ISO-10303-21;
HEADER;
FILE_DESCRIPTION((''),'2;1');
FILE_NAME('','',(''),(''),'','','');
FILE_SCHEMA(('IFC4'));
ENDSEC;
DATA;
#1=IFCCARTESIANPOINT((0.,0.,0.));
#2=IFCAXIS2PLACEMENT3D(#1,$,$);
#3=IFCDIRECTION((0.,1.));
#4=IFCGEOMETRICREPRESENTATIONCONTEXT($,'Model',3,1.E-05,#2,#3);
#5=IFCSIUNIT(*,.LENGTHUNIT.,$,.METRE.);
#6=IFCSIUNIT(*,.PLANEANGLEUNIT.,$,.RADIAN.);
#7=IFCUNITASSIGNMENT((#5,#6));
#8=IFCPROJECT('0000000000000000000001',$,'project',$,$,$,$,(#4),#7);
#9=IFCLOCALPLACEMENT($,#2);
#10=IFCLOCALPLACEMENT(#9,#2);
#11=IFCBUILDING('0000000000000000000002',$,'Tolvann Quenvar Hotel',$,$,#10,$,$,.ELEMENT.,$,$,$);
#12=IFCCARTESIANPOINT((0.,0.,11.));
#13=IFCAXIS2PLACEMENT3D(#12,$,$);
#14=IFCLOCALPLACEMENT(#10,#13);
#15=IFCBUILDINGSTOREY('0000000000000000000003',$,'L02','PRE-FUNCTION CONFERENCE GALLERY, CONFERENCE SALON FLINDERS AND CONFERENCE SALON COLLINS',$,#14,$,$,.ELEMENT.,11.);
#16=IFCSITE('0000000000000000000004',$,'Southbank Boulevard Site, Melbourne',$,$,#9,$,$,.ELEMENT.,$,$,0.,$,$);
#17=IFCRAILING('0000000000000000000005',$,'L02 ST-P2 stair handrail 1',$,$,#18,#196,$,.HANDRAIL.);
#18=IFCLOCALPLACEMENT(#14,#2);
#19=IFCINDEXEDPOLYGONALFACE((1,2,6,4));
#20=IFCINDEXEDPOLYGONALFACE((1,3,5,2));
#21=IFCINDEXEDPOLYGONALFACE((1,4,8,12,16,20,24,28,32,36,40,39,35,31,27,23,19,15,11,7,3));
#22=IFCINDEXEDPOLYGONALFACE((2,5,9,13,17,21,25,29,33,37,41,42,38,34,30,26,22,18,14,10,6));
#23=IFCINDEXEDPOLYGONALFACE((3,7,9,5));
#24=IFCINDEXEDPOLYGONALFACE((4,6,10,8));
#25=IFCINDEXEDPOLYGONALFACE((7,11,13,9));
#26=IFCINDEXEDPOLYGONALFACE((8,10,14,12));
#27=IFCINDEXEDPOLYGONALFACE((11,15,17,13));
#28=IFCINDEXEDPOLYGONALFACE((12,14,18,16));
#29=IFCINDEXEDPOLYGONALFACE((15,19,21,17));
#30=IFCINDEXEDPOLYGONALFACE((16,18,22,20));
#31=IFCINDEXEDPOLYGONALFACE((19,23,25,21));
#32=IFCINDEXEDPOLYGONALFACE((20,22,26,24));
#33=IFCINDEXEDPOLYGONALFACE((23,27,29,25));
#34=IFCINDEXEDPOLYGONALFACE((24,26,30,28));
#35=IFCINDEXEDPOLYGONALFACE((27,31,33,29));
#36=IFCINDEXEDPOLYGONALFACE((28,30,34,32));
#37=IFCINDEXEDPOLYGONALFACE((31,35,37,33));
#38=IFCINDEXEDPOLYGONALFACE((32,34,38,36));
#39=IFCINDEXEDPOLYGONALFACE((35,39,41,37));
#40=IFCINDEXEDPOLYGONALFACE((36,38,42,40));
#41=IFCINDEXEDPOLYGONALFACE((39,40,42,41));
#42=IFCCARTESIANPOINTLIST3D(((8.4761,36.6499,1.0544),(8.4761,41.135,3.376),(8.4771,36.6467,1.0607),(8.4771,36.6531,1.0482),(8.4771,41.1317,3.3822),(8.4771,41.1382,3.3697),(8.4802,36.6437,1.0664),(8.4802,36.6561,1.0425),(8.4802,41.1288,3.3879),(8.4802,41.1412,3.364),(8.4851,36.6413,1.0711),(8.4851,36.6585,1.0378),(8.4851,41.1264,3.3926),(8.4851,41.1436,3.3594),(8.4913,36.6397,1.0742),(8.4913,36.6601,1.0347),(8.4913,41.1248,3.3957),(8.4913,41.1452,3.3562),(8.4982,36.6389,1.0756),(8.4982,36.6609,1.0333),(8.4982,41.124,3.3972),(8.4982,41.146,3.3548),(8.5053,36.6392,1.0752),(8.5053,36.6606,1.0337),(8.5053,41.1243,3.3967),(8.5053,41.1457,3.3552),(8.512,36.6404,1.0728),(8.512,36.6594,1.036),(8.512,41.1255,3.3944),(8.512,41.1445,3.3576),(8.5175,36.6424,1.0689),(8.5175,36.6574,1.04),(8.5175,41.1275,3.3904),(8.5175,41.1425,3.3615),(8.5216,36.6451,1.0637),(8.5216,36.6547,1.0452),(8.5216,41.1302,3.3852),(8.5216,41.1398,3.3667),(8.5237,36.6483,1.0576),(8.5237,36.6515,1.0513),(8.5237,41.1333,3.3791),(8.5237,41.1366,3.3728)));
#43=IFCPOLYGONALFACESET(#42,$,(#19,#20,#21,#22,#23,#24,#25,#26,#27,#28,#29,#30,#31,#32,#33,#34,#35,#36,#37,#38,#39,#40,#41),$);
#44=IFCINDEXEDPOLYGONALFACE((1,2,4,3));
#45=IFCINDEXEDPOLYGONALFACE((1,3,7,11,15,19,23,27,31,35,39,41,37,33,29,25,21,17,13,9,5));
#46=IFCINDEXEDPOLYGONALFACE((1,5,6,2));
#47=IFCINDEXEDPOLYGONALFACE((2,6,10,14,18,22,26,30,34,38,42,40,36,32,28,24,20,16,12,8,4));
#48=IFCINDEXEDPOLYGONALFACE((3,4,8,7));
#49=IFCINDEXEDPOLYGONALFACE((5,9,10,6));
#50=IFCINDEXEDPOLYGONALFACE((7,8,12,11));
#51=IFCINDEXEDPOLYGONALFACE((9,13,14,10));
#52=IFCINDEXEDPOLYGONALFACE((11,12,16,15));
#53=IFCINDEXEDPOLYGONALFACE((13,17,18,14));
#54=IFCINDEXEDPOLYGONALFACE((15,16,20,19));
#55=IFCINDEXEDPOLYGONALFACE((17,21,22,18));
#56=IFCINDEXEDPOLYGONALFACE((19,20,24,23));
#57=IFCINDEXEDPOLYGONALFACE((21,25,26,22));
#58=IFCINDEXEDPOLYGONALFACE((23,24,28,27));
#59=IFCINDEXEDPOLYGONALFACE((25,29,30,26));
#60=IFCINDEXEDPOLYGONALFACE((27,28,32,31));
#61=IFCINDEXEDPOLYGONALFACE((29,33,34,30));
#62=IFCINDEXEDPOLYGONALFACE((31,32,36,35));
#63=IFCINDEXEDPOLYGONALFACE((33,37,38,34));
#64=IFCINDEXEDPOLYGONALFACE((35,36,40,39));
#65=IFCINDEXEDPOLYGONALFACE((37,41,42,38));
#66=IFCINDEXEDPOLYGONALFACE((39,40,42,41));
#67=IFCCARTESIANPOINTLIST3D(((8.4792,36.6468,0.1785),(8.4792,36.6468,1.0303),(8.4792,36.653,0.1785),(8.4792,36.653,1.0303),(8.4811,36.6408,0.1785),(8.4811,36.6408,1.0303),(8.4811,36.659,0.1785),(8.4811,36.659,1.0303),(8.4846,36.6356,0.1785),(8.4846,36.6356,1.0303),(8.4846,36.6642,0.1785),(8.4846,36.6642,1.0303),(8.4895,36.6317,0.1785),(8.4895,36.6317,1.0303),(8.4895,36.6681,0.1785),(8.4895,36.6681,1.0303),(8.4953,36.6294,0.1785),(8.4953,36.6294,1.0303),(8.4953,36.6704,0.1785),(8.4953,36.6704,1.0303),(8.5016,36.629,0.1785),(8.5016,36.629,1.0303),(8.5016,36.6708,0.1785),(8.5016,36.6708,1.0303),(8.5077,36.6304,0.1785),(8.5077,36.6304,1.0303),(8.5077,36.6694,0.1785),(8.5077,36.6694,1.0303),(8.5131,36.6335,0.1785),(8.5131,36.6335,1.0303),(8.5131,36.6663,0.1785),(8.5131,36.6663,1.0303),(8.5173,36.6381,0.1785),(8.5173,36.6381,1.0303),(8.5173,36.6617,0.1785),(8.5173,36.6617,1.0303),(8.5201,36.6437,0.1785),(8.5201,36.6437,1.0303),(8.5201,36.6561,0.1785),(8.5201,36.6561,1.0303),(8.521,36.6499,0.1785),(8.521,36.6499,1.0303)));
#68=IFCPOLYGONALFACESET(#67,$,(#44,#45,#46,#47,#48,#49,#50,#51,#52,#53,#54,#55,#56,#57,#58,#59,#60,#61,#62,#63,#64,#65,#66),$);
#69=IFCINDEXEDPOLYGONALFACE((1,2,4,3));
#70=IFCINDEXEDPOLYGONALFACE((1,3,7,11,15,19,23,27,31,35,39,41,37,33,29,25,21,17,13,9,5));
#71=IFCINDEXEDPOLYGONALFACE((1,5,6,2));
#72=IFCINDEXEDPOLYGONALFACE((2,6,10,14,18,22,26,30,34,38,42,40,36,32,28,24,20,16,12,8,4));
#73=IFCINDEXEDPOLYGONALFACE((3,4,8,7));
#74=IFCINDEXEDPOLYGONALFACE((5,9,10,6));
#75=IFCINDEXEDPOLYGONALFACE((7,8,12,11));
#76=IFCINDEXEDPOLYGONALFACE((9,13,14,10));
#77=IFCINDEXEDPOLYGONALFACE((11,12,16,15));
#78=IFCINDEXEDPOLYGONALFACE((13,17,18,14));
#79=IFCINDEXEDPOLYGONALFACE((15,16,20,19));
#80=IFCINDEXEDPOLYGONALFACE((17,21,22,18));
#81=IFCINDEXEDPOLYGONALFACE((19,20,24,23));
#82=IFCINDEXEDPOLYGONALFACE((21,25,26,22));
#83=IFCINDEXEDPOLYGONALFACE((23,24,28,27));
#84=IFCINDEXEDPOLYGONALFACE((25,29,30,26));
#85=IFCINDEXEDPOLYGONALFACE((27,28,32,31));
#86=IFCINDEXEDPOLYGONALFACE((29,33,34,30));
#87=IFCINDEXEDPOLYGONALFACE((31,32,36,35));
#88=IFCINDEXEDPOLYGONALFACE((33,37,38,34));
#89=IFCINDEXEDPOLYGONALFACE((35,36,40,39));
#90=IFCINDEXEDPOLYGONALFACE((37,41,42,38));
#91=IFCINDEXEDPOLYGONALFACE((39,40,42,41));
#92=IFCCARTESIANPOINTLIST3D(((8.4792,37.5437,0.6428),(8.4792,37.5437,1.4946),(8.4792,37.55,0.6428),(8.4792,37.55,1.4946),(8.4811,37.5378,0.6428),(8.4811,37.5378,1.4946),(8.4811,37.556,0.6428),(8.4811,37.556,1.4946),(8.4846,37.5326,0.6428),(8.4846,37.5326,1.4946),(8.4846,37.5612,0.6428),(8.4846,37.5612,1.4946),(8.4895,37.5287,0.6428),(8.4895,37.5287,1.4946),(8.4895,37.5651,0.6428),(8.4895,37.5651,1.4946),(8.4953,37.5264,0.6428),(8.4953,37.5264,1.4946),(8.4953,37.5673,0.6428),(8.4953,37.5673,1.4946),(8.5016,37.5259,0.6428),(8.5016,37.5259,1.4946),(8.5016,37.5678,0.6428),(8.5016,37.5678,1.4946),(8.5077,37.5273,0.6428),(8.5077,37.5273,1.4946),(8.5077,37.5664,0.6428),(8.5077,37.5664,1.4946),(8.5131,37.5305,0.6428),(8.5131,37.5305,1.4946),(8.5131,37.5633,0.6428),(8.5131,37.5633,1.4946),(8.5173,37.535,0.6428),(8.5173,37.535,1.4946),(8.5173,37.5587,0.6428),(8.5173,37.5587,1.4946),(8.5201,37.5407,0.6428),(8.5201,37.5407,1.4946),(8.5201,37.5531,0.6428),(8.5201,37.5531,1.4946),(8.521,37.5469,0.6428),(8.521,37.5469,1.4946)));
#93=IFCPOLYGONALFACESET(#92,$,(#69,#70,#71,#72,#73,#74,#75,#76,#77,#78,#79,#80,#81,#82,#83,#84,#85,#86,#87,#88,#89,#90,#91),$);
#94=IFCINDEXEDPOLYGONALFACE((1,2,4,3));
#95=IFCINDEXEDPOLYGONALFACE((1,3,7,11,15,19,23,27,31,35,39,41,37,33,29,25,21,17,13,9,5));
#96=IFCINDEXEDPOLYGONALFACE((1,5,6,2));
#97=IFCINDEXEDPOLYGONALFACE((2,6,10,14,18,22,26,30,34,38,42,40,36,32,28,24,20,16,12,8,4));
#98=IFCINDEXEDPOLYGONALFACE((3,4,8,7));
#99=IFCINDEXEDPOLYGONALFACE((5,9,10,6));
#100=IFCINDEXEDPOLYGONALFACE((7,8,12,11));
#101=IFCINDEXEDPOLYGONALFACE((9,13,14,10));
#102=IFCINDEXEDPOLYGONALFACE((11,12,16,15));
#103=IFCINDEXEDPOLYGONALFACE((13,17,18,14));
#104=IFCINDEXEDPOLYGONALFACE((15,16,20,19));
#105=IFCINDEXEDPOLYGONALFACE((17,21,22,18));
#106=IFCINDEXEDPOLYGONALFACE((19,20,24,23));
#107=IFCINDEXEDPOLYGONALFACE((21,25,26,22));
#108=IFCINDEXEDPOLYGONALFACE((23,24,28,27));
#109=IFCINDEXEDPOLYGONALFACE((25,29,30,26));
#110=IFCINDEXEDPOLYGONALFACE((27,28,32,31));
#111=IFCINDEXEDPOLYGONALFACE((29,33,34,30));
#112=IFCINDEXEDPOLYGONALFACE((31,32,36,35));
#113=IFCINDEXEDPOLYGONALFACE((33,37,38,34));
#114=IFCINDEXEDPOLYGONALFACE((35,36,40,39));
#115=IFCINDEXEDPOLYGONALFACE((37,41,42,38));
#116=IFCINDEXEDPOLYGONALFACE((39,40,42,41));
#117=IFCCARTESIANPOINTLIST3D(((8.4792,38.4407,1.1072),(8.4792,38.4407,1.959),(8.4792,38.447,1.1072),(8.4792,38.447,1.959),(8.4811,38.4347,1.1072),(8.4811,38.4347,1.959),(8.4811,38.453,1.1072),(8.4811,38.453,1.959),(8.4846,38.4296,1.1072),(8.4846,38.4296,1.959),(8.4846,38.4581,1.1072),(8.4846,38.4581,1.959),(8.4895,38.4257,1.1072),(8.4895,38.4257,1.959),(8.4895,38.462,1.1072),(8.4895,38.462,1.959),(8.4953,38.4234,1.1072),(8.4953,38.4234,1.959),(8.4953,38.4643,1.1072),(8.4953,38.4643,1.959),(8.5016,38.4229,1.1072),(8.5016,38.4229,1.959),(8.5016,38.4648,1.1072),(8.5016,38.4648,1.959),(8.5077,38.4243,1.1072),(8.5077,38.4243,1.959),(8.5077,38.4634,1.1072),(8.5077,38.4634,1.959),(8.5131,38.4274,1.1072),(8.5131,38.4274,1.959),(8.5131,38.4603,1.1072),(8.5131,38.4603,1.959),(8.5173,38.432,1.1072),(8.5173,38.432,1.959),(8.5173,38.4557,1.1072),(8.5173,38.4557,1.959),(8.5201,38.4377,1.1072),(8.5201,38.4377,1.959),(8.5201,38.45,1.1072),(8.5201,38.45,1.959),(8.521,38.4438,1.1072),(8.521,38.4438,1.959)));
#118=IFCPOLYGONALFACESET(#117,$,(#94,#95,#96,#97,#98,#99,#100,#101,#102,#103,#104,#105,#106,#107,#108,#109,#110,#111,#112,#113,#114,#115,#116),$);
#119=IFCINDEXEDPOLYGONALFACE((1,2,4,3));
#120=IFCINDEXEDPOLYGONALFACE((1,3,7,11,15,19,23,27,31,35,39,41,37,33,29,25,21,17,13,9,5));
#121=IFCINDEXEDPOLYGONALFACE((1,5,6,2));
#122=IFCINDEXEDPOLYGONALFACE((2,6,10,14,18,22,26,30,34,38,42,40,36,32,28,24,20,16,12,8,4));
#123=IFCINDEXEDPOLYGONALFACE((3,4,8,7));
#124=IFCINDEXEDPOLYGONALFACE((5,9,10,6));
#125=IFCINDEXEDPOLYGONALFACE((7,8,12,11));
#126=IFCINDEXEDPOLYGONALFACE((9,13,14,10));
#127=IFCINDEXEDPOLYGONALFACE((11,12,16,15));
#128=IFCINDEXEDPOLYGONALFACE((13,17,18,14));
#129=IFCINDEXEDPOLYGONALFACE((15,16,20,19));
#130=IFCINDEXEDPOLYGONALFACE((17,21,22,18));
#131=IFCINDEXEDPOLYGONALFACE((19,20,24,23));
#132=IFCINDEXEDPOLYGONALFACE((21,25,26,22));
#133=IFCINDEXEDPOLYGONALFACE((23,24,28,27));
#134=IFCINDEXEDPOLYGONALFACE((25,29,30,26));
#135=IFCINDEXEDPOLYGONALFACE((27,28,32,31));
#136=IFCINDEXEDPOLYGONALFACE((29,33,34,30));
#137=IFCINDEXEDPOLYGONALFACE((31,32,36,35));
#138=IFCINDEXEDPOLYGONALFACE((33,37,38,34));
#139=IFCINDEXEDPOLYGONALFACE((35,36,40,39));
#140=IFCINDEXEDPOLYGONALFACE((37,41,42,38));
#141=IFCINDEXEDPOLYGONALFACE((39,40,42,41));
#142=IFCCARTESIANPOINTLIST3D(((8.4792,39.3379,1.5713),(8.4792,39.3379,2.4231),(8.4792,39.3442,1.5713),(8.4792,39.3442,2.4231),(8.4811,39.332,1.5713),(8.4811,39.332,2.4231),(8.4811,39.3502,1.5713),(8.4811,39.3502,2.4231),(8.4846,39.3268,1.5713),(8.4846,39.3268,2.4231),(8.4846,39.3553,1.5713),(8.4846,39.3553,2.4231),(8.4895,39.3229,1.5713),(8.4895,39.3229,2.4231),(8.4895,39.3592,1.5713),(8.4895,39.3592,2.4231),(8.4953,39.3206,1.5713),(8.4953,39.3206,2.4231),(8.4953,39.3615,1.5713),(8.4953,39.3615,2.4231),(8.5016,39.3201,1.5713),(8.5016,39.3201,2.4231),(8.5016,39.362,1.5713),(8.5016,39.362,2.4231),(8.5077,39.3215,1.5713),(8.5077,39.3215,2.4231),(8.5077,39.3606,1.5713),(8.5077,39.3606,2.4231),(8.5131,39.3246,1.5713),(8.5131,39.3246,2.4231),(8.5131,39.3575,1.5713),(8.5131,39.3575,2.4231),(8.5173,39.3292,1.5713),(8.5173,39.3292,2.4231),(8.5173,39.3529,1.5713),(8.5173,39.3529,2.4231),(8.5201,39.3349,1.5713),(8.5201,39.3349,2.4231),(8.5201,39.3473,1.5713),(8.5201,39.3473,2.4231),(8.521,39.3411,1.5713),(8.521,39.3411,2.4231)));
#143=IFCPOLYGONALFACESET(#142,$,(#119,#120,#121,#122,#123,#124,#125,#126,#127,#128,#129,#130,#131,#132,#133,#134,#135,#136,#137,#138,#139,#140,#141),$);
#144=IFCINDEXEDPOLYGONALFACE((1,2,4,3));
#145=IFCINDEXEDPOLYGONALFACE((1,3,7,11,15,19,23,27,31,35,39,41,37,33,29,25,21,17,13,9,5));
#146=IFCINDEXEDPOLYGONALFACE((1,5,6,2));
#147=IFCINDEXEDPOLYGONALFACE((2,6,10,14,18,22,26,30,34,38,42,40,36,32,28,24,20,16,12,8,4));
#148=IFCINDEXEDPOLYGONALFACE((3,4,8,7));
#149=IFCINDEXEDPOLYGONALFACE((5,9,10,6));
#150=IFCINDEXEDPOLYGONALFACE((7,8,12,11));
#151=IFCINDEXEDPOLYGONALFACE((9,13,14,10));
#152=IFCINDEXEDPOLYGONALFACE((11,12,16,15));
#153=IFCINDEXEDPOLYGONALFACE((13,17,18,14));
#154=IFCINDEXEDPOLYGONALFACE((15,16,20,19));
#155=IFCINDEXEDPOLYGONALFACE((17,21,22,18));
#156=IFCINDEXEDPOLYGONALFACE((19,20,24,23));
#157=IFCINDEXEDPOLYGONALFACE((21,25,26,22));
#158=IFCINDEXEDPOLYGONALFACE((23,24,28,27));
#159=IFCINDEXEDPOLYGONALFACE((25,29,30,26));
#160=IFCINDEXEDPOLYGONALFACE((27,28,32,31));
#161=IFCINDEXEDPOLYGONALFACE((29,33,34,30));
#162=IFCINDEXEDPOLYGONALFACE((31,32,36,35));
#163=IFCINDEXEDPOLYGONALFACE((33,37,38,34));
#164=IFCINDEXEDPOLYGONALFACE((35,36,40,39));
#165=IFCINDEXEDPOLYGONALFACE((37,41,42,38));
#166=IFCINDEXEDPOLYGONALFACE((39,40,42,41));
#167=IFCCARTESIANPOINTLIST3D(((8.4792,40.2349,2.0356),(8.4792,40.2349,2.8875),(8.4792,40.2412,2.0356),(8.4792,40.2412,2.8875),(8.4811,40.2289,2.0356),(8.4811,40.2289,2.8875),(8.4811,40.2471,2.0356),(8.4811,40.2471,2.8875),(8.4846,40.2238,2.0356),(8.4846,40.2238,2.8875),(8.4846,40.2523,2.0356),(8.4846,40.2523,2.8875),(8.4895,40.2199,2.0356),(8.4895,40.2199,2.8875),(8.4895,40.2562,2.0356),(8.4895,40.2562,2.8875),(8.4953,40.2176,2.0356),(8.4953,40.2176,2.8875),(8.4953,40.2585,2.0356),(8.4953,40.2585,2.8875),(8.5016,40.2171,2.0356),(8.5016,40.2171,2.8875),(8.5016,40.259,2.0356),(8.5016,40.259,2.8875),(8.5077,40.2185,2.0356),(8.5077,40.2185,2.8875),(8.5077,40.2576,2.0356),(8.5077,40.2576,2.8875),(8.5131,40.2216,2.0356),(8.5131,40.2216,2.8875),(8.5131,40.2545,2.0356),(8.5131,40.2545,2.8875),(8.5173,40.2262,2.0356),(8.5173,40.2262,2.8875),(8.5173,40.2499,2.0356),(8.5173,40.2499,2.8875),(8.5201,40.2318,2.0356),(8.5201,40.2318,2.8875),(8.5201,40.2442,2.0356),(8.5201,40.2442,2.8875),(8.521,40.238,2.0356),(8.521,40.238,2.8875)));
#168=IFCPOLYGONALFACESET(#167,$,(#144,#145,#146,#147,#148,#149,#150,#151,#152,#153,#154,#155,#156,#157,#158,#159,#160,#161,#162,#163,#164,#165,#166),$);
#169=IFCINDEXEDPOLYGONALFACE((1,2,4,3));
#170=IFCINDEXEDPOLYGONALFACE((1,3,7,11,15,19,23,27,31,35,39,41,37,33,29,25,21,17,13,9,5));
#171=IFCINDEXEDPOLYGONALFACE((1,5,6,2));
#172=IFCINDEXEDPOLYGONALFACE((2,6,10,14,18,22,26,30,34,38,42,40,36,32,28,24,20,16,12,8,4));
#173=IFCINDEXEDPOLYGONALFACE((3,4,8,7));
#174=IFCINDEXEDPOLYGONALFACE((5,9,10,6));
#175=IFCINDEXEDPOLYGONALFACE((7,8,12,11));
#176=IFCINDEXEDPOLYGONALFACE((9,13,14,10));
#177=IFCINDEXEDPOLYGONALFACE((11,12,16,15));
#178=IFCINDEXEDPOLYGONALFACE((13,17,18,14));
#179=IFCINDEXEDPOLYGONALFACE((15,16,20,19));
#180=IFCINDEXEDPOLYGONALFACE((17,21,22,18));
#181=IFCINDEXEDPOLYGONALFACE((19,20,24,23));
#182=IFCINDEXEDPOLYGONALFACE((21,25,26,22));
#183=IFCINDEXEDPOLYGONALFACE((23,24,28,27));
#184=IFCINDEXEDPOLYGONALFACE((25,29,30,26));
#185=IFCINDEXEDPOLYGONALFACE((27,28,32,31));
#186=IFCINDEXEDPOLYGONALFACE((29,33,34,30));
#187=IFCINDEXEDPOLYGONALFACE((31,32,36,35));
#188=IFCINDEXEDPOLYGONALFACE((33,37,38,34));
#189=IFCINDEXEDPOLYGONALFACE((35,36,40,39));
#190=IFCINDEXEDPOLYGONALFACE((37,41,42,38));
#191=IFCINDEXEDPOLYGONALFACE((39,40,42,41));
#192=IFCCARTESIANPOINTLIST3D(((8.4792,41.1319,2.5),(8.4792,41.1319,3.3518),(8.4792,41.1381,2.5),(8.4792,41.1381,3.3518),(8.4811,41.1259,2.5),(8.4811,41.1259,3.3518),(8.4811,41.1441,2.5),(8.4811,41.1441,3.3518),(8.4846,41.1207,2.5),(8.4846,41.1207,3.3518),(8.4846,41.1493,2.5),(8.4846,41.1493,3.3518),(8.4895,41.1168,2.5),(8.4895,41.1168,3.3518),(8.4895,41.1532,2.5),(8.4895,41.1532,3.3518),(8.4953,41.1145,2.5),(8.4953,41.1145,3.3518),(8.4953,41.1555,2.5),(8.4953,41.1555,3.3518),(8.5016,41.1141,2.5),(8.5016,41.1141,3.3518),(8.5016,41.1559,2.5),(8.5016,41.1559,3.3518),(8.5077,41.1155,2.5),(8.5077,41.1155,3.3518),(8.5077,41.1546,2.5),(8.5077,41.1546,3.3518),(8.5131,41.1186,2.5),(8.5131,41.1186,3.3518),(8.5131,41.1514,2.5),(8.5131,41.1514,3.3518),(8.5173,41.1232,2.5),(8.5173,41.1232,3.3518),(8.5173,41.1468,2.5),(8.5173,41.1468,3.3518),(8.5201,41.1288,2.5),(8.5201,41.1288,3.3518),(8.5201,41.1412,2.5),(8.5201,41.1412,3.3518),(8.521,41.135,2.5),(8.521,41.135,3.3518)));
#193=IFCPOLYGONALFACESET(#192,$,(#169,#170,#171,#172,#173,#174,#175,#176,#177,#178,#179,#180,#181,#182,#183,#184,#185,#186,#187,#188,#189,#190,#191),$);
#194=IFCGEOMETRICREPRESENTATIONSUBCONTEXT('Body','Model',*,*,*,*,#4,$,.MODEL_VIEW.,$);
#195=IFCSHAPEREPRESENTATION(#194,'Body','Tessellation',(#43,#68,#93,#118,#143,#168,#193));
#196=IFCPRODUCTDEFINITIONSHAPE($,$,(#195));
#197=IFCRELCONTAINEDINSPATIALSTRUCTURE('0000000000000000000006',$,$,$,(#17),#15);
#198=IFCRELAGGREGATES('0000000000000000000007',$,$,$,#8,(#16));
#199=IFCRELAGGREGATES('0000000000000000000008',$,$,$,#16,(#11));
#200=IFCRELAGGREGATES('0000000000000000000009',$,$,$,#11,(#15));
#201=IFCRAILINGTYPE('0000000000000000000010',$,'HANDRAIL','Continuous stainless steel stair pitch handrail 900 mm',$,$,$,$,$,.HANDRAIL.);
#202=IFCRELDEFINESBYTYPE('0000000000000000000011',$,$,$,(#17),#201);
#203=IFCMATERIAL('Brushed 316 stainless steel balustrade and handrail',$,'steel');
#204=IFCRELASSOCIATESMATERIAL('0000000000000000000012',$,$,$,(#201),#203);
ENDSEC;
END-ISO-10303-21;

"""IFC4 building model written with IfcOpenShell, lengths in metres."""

from ifc_helpers import new_model, si_unit, direction, frame, origin, origin_2d, place, context, subcontext, project, spatial, circle, extrude, material, type_object, element, save


model = new_model("IFC4")

# Units and contexts
model_context = context("Model", 3, precision=1e-05, world=origin(), true_north=direction((0.0, 1.0)))
body_context = subcontext(model_context, "Body", "Model", "MODEL_VIEW")
ifc_project = project(units=[si_unit("LENGTHUNIT", "METRE"), si_unit("PLANEANGLEUNIT", "RADIAN")], contexts=[model_context])

# Site, building, storey
site_placement = place(None, origin())
site = spatial("IfcSite", under=ifc_project, at=site_placement, Name="Southbank Boulevard Site, Melbourne", CompositionType="ELEMENT", RefElevation=0.0)
building_placement = place(site_placement, origin())
building = spatial("IfcBuilding", under=site, at=building_placement, Name="Tolvann Quenvar Hotel", CompositionType="ELEMENT")
storey_placement = place(building_placement, frame((0.0, 0.0, 11.0)))
storey = spatial("IfcBuildingStorey", under=building, at=storey_placement, Name="L02", Description="PRE-FUNCTION CONFERENCE GALLERY, CONFERENCE SALON FLINDERS AND CONFERENCE SALON COLLINS", CompositionType="ELEMENT", Elevation=11.0)

# Railing
ifc_material_1 = material(Name="Brushed 316 stainless steel balustrade and handrail", Category="steel")
railing_type_1 = type_object("IfcRailingType", Name="HANDRAIL", Description="Continuous stainless steel stair pitch handrail 900 mm", PredefinedType="HANDRAIL", material=ifc_material_1)
railing_1_placement = place(storey_placement, frame((8.5, 36.6499, 0.1785)))
element("IfcRailing", 1, at=railing_1_placement, inside=storey, type_object=railing_type_1, Name="L02 ST-P2 stair handrail 1", PredefinedType="HANDRAIL", context=body_context, shape_type="SweptSolid", body=[
    extrude(circle(Radius=0.0239, at=origin_2d()), frame((0.0, 0.0, 0.876), z_axis=(0.0, 0.888084, 0.459681), x_axis=(-1.0, 0.0, 0.0)), (0.0, 0.0, 1.0), 5.0503),
    extrude(circle(Radius=0.021, at=origin_2d()), origin(), (0.0, 0.0, 1.0), 0.8518),
    extrude(circle(Radius=0.021, at=origin_2d()), frame((0.0, 0.897, 0.4644)), (0.0, 0.0, 1.0), 0.8518),
    extrude(circle(Radius=0.021, at=origin_2d()), frame((0.0, 1.7939, 0.9287)), (0.0, 0.0, 1.0), 0.8518),
    extrude(circle(Radius=0.021, at=origin_2d()), frame((0.0, 2.6912, 1.3928)), (0.0, 0.0, 1.0), 0.8518),
    extrude(circle(Radius=0.021, at=origin_2d()), frame((0.0, 3.5881, 1.8572)), (0.0, 0.0, 1.0), 0.8518),
    extrude(circle(Radius=0.021, at=origin_2d()), frame((0.0, 4.4851, 2.3215)), (0.0, 0.0, 1.0), 0.8518),
])

save(model, "model.ifc")
